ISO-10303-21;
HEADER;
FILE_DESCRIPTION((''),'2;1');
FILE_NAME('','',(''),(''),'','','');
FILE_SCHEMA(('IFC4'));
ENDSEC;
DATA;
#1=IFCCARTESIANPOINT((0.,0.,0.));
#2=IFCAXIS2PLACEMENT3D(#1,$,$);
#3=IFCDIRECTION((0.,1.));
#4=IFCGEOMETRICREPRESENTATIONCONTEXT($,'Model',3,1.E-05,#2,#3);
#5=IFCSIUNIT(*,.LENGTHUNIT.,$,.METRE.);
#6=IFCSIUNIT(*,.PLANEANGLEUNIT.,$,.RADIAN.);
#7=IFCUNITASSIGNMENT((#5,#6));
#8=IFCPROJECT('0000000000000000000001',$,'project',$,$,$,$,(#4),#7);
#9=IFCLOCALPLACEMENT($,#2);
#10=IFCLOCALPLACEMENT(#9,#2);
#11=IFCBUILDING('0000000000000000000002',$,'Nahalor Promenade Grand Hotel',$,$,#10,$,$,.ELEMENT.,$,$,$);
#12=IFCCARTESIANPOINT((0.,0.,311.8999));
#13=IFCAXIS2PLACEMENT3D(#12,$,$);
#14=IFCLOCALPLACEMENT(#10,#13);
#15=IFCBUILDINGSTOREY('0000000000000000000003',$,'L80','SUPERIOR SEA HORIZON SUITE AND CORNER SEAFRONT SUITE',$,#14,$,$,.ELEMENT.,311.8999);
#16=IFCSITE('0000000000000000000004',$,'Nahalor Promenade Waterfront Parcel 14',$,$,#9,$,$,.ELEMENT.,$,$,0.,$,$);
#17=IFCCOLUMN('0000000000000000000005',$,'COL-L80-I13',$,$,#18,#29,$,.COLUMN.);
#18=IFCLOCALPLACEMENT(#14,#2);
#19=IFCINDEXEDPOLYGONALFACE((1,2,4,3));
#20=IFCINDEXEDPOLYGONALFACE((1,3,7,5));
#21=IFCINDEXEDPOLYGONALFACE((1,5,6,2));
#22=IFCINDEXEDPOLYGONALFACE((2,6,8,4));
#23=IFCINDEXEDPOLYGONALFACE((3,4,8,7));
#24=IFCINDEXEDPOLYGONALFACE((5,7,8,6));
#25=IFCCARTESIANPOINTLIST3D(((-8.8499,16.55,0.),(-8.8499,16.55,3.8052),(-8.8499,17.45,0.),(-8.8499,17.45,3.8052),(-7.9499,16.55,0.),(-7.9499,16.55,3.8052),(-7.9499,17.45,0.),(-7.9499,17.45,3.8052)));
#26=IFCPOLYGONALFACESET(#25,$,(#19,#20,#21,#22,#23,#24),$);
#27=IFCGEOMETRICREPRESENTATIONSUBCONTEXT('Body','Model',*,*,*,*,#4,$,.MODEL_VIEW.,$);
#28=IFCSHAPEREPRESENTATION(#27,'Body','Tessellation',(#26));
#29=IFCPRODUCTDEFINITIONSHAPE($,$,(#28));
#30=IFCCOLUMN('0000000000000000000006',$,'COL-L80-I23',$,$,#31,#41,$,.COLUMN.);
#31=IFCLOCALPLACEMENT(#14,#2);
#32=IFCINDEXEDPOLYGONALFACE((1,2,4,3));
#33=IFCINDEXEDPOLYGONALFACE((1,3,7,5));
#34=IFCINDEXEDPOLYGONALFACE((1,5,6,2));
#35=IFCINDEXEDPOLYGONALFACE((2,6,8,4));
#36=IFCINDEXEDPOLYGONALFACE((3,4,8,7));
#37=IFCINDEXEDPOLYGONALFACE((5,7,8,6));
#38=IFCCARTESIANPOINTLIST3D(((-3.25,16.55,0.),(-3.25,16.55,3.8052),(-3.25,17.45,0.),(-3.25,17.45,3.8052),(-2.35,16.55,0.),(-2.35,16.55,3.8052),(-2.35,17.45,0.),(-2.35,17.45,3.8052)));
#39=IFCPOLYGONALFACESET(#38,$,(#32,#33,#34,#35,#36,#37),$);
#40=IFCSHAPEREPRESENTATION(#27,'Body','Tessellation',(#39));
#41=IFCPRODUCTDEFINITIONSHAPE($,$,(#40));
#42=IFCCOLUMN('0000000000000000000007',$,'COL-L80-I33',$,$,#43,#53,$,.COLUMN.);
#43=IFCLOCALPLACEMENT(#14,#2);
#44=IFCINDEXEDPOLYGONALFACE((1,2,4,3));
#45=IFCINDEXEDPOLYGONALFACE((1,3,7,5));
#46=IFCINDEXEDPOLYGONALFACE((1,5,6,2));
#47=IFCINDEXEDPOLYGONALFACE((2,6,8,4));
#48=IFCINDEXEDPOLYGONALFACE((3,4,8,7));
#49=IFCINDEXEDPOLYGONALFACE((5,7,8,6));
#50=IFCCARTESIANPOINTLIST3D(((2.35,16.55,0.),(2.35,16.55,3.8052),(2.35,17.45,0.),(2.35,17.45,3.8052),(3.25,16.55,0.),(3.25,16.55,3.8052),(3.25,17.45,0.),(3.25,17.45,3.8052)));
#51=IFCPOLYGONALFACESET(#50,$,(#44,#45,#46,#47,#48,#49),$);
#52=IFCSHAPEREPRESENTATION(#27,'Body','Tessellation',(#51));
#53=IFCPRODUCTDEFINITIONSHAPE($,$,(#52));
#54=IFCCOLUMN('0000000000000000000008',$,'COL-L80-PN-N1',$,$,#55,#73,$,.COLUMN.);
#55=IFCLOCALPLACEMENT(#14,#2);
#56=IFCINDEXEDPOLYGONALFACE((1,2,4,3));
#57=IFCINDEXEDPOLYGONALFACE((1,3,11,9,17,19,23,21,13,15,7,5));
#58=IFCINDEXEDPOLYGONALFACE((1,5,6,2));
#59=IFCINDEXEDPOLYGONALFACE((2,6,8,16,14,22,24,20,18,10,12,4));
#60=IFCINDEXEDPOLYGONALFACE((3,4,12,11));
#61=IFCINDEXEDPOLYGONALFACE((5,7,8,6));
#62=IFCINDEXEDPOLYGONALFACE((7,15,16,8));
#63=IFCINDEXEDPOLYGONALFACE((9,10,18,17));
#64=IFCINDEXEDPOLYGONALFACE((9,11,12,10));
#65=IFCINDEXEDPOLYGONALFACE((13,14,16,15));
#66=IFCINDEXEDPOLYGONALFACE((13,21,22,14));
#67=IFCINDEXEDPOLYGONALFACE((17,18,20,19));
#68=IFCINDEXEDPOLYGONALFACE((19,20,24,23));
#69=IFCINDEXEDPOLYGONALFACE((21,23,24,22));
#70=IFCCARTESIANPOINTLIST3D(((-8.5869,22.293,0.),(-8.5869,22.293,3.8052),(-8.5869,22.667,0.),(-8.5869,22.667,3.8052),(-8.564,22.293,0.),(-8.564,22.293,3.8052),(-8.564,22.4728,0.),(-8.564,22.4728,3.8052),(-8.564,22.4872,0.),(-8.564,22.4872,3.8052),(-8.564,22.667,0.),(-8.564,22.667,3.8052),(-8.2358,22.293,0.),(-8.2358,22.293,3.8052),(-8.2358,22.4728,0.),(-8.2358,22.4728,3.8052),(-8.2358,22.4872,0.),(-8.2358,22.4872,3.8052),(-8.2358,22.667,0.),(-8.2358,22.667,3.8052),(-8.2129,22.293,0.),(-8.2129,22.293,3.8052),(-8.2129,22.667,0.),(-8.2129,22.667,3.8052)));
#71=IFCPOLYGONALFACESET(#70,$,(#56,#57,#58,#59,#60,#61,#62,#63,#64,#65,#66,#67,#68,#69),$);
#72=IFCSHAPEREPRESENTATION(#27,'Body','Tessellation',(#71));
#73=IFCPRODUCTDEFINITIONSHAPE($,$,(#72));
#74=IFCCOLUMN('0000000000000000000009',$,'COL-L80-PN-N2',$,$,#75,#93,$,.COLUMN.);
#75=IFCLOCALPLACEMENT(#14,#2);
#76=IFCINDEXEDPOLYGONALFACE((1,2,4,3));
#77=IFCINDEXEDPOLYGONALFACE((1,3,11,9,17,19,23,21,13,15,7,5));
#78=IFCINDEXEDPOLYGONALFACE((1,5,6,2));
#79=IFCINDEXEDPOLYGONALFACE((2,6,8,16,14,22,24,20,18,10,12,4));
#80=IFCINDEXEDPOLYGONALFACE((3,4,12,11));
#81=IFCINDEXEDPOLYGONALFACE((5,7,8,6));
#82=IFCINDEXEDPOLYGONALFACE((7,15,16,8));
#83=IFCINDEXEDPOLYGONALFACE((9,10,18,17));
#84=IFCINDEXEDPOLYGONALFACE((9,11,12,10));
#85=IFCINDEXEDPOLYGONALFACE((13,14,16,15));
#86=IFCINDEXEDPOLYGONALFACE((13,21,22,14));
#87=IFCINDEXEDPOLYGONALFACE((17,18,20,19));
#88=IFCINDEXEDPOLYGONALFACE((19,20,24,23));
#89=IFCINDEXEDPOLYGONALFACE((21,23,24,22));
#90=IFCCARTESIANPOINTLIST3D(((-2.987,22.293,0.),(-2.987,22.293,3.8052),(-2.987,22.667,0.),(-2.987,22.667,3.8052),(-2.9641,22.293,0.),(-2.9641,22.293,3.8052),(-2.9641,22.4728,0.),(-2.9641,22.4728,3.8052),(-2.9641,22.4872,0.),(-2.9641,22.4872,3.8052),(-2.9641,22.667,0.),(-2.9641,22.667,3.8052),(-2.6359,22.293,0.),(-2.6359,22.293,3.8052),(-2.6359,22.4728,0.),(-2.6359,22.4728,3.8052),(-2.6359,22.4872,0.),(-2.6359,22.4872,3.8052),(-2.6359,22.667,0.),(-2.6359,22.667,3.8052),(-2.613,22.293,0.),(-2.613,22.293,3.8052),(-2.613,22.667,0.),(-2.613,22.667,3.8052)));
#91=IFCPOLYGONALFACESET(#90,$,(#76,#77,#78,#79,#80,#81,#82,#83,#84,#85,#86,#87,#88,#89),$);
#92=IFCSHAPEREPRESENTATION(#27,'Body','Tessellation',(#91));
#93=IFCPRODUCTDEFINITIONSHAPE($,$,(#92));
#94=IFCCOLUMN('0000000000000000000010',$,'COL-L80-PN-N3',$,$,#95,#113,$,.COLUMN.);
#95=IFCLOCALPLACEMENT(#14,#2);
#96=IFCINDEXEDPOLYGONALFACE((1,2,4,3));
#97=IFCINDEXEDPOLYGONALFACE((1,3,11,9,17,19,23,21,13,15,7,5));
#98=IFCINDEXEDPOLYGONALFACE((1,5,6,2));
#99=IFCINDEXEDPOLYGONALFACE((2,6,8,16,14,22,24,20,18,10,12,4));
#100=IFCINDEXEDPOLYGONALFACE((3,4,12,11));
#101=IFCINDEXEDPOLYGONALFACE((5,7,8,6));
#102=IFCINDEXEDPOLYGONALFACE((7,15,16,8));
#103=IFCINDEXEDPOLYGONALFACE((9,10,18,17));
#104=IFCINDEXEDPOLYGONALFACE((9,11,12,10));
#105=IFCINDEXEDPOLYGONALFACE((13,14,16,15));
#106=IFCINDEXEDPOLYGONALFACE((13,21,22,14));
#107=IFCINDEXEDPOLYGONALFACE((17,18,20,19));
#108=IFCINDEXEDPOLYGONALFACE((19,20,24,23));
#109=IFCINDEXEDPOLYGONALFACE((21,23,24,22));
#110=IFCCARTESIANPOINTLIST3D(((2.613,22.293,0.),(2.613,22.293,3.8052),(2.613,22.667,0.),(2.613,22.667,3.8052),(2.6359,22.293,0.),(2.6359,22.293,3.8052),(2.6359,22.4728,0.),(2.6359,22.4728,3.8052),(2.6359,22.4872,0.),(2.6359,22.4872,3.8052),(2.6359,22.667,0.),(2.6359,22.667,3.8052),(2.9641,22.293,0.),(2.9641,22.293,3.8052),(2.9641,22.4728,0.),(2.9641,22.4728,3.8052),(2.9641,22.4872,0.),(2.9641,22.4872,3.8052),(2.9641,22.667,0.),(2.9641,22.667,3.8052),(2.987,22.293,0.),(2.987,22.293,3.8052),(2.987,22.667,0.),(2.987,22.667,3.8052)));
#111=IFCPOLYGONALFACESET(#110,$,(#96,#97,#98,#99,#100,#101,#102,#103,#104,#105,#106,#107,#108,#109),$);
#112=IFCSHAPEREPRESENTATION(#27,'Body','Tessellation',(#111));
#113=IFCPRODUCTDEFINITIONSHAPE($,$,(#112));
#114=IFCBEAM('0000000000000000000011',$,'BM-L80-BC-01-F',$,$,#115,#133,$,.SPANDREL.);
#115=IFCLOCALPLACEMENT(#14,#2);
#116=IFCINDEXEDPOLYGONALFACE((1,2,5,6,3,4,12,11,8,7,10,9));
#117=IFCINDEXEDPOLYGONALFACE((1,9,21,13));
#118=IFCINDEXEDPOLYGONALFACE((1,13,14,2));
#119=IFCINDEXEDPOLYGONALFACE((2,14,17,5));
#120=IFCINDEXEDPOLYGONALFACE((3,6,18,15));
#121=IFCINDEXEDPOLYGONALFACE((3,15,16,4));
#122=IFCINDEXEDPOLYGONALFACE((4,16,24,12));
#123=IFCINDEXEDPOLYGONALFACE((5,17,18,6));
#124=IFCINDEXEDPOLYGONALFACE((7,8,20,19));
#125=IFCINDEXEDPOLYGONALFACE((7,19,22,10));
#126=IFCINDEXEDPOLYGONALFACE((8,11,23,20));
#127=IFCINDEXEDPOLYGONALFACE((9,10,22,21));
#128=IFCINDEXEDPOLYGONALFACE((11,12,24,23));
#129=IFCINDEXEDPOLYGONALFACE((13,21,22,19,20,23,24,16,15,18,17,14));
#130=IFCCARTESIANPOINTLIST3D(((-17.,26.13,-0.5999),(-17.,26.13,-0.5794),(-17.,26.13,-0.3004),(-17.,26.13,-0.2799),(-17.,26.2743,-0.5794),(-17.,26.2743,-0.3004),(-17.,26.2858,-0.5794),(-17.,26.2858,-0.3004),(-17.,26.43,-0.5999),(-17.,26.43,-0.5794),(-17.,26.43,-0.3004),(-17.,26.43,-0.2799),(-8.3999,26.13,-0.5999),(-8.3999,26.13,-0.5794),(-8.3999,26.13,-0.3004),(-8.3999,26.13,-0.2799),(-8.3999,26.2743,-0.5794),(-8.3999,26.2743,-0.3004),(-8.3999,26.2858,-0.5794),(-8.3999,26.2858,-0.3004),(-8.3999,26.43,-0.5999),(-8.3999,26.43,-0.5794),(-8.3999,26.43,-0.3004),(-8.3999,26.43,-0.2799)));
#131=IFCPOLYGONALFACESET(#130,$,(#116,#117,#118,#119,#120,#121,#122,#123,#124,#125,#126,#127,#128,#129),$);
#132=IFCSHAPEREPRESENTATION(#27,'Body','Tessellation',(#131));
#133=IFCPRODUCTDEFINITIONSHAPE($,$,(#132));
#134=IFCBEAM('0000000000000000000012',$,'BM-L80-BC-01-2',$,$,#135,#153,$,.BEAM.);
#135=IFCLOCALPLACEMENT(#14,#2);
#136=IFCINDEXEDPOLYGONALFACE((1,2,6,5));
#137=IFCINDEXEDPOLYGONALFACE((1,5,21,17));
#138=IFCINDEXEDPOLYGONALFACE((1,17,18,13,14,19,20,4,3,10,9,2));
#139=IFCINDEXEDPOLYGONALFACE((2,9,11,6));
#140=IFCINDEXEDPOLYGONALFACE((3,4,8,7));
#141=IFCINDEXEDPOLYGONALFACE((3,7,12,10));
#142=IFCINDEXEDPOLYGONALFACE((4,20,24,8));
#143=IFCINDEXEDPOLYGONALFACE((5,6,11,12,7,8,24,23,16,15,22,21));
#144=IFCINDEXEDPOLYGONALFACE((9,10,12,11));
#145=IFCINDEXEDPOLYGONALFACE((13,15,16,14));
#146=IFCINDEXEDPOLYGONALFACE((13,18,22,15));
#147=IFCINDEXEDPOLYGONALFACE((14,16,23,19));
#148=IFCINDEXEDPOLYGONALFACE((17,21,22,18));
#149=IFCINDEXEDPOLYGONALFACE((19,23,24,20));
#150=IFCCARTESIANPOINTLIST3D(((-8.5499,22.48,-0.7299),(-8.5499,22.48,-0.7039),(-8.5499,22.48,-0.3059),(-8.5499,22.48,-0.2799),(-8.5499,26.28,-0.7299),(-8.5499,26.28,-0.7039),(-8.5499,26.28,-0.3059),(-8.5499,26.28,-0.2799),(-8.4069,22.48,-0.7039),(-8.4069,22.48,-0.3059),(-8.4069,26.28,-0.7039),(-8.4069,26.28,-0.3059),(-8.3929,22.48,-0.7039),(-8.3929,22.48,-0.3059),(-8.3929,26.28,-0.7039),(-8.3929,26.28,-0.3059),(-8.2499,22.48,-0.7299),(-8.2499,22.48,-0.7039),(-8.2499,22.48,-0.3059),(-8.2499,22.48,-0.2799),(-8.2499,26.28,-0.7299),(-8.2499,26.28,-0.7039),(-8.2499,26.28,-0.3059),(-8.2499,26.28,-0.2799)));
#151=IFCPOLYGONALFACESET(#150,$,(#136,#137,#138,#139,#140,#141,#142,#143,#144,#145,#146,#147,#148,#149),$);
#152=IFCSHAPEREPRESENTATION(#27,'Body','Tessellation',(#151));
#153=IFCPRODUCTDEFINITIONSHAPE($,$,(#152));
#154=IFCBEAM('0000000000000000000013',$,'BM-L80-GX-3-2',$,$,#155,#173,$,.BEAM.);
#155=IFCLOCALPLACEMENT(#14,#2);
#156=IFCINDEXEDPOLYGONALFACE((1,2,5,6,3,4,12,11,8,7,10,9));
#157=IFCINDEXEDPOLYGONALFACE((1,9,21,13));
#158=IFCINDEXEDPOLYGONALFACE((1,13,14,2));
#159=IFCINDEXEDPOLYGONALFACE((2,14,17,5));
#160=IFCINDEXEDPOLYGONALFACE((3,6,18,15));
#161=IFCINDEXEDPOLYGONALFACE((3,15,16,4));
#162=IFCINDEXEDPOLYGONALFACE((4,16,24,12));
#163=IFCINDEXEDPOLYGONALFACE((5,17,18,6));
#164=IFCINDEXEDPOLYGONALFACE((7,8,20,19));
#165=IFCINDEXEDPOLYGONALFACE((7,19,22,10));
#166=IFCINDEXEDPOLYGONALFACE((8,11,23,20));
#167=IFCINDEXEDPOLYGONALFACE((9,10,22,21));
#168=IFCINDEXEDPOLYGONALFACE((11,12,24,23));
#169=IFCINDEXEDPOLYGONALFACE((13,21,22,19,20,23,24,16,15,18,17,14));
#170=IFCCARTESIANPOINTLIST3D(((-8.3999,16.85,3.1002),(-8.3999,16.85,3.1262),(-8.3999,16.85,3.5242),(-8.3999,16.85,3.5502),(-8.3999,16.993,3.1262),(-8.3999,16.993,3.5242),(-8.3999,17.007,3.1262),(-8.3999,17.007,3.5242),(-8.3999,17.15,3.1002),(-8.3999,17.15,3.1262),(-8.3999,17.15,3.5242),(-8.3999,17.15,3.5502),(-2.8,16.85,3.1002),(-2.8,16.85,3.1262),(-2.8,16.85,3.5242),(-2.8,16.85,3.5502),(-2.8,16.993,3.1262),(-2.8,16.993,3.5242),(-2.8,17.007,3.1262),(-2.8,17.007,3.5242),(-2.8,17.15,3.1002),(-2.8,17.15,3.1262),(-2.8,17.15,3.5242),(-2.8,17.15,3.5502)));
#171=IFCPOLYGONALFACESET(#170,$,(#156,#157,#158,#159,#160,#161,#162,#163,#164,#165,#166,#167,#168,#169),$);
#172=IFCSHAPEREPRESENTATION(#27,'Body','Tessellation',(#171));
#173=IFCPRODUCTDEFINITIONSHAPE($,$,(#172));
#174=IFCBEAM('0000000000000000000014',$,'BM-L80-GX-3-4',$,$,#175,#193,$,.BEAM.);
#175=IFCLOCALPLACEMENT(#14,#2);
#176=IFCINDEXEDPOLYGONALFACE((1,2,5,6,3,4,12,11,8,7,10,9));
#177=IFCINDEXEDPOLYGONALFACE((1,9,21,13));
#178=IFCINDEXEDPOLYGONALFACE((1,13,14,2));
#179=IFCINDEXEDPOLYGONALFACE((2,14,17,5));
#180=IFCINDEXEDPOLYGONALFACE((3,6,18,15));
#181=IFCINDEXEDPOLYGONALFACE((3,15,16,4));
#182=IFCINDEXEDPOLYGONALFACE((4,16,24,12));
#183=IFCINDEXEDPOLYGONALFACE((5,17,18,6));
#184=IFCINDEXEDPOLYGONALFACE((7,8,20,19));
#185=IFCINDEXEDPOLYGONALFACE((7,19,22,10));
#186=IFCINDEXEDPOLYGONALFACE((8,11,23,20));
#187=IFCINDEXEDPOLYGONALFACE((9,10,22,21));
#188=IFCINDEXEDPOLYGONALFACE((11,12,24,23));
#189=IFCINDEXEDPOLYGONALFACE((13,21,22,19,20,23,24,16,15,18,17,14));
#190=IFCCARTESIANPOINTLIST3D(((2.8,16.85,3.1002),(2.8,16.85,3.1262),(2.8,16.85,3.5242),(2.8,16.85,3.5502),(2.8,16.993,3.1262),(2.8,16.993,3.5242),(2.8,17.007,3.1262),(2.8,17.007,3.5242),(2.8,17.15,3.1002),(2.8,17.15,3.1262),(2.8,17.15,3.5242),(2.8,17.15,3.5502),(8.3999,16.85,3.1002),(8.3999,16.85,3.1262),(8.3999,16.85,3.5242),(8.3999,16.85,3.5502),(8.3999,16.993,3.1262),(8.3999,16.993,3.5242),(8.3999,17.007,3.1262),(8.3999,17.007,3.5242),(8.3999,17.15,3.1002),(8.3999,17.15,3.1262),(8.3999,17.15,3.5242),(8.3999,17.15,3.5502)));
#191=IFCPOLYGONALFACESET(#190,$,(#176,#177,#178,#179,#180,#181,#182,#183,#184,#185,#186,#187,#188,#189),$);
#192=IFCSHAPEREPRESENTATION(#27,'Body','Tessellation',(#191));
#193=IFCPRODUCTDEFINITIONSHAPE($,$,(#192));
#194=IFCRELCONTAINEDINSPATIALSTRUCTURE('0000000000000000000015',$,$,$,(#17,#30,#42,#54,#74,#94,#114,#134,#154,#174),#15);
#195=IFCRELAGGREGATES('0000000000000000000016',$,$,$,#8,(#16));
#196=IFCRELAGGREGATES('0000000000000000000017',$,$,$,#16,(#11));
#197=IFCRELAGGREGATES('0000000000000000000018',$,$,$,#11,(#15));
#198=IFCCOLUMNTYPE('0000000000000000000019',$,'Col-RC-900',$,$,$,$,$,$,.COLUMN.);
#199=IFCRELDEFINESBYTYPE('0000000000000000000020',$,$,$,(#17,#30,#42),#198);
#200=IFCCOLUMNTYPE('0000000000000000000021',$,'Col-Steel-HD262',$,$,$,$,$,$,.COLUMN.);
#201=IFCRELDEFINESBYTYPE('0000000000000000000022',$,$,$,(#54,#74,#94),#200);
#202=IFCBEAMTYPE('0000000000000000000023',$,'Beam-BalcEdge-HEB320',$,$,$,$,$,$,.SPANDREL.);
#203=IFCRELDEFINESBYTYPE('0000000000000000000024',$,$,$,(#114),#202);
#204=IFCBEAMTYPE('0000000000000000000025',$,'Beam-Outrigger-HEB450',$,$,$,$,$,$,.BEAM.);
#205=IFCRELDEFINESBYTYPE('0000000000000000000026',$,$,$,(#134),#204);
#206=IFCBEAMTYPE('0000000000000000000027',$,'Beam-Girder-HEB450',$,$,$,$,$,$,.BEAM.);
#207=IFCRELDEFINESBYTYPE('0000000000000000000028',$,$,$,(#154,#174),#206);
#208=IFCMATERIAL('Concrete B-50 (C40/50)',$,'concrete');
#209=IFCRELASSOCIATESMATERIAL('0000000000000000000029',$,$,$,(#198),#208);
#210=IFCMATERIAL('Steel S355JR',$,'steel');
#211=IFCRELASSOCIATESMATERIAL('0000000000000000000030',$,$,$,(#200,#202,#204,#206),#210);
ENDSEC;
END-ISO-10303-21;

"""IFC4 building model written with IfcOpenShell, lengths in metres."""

from ifc_helpers import new_model, si_unit, direction, frame, origin, origin_2d, place, context, subcontext, project, spatial, rectangle, i_section, extrude, source, transform, mapped, material, material_profile, profile_set, type_object, element, save


model = new_model("IFC4")

# Units and contexts
model_context = context("Model", 3, precision=1e-05, world=origin(), true_north=direction((0.0, 1.0)))
body_context = subcontext(model_context, "Body", "Model", "MODEL_VIEW")
ifc_project = project(units=[si_unit("LENGTHUNIT", "METRE"), si_unit("PLANEANGLEUNIT", "RADIAN")], contexts=[model_context])

# Site, building, storey
site_placement = place(None, origin())
site = spatial("IfcSite", under=ifc_project, at=site_placement, Name="Nahalor Promenade Waterfront Parcel 14", CompositionType="ELEMENT", RefElevation=0.0)
building_placement = place(site_placement, origin())
building = spatial("IfcBuilding", under=site, at=building_placement, Name="Nahalor Promenade Grand Hotel", CompositionType="ELEMENT")
storey_placement = place(building_placement, frame((0.0, 0.0, 311.8999)))
storey = spatial("IfcBuildingStorey", under=building, at=storey_placement, Name="L80", Description="SUPERIOR SEA HORIZON SUITE AND CORNER SEAFRONT SUITE", CompositionType="ELEMENT", Elevation=311.8999)

# Columns
ifc_material_1 = material(Name="Concrete B-50 (C40/50)", Category="concrete")
ifc_material_profile_1 = material_profile(ifc_material_1, rectangle(XDim=0.9, YDim=0.9, at=origin_2d()), Name="RC 900x900")
ifc_profile_set_1 = profile_set([ifc_material_profile_1], Name="Concrete B-50 (C40/50)")
column_type_1 = type_object("IfcColumnType", Name="Col-RC-900", PredefinedType="COLUMN", material=ifc_profile_set_1)
shared_shape_1 = source(origin(), body_context, "Body", "SweptSolid", [
    extrude(rectangle(XDim=0.9, YDim=0.9, at=origin_2d()), origin(), (0.0, 0.0, 1.0), 3.8052),
])
for number, where, z_axis, x_axis, name in (
    (1, (-8.3999, 17.0, 0.0), (0.0, 0.0, 1.0), (1.0, 0.0, 0.0), "COL-L80-I13"),
    (2, (-2.8, 17.0, 0.0), (0.0, 0.0, 1.0), (1.0, 0.0, 0.0), "COL-L80-I23"),
    (3, (2.8, 17.0, 0.0), (0.0, 0.0, 1.0), (1.0, 0.0, 0.0), "COL-L80-I33"),
):
    element("IfcColumn", number, at=place(storey_placement, frame(where, z_axis=z_axis, x_axis=x_axis)), inside=storey, type_object=column_type_1, Name=name, PredefinedType="COLUMN", context=body_context, shape_type="MappedRepresentation", body=[
        mapped(shared_shape_1, transform((0.0, 0.0, 0.0), scale=1.0)),
    ])
ifc_material_2 = material(Name="Steel S355JR", Category="steel")
ifc_material_profile_2 = material_profile(ifc_material_2, i_section(OverallWidth=0.374, OverallDepth=0.374, WebThickness=0.0144, FlangeThickness=0.0229, at=origin_2d()), Name="HD 360x262")
ifc_profile_set_2 = profile_set([ifc_material_profile_2], Name="Steel S355JR")
column_type_2 = type_object("IfcColumnType", Name="Col-Steel-HD262", PredefinedType="COLUMN", material=ifc_profile_set_2)
shared_shape_2 = source(origin(), body_context, "Body", "SweptSolid", [
    extrude(i_section(OverallWidth=0.374, OverallDepth=0.374, WebThickness=0.0144, FlangeThickness=0.0229, at=origin_2d()), origin(), (0.0, 0.0, 1.0), 3.8052),
])
for number, where, z_axis, x_axis, name in (
    (4, (-8.3999, 22.48, 0.0), (0.0, 0.0, 1.0), (0.0, 1.0, 0.0), "COL-L80-PN-N1"),
    (5, (-2.8, 22.48, 0.0), (0.0, 0.0, 1.0), (0.0, 1.0, 0.0), "COL-L80-PN-N2"),
    (6, (2.8, 22.48, 0.0), (0.0, 0.0, 1.0), (0.0, 1.0, 0.0), "COL-L80-PN-N3"),
):
    element("IfcColumn", number, at=place(storey_placement, frame(where, z_axis=z_axis, x_axis=x_axis)), inside=storey, type_object=column_type_2, Name=name, PredefinedType="COLUMN", context=body_context, shape_type="MappedRepresentation", body=[
        mapped(shared_shape_2, transform((0.0, 0.0, 0.0), scale=1.0)),
    ])

# Beams
ifc_material_profile_3 = material_profile(ifc_material_2, i_section(OverallWidth=0.3, OverallDepth=0.32, WebThickness=0.0115, FlangeThickness=0.0205, at=origin_2d()), Name="HEB 320")
ifc_profile_set_3 = profile_set([ifc_material_profile_3], Name="Steel S355JR")
beam_type_1 = type_object("IfcBeamType", Name="Beam-BalcEdge-HEB320", PredefinedType="SPANDREL", material=ifc_profile_set_3)
shared_shape_3 = source(origin(), body_context, "Body", "SweptSolid", [
    extrude(i_section(OverallWidth=0.3, OverallDepth=0.32, WebThickness=0.0115, FlangeThickness=0.0205, at=origin_2d()), origin(), (0.0, 0.0, 1.0), 8.6001),
])
beam_1_placement = place(storey_placement, frame((-17.0, 26.28, -0.4399), z_axis=(1.0, 0.0, 0.0), x_axis=(0.0, 1.0, 0.0)))
element("IfcBeam", 7, at=beam_1_placement, inside=storey, type_object=beam_type_1, Name="BM-L80-BC-01-F", PredefinedType="SPANDREL", context=body_context, shape_type="MappedRepresentation", body=[
    mapped(shared_shape_3, transform((0.0, 0.0, 0.0), scale=1.0)),
])
ifc_material_profile_4 = material_profile(ifc_material_2, i_section(OverallWidth=0.3, OverallDepth=0.45, WebThickness=0.014, FlangeThickness=0.026, at=origin_2d()), Name="HEB 450")
ifc_profile_set_4 = profile_set([ifc_material_profile_4], Name="Steel S355JR")
beam_type_2 = type_object("IfcBeamType", Name="Beam-Outrigger-HEB450", PredefinedType="BEAM", material=ifc_profile_set_4)
shared_shape_4 = source(origin(), body_context, "Body", "SweptSolid", [
    extrude(i_section(OverallWidth=0.3, OverallDepth=0.45, WebThickness=0.014, FlangeThickness=0.026, at=origin_2d()), origin(), (0.0, 0.0, 1.0), 3.8),
])
beam_2_placement = place(storey_placement, frame((-8.3999, 22.48, -0.5049), z_axis=(0.0, 1.0, 0.0), x_axis=(-1.0, 0.0, 0.0)))
element("IfcBeam", 8, at=beam_2_placement, inside=storey, type_object=beam_type_2, Name="BM-L80-BC-01-2", PredefinedType="BEAM", context=body_context, shape_type="MappedRepresentation", body=[
    mapped(shared_shape_4, transform((0.0, 0.0, 0.0), scale=1.0)),
])
ifc_material_profile_5 = material_profile(ifc_material_2, i_section(OverallWidth=0.3, OverallDepth=0.45, WebThickness=0.014, FlangeThickness=0.026, at=origin_2d()), Name="HEB 450")
ifc_profile_set_5 = profile_set([ifc_material_profile_5], Name="Steel S355JR")
beam_type_3 = type_object("IfcBeamType", Name="Beam-Girder-HEB450", PredefinedType="BEAM", material=ifc_profile_set_5)
shared_shape_5 = source(origin(), body_context, "Body", "SweptSolid", [
    extrude(i_section(OverallWidth=0.3, OverallDepth=0.45, WebThickness=0.014, FlangeThickness=0.026, at=origin_2d()), origin(), (0.0, 0.0, 1.0), 5.5999),
])
for number, where, z_axis, x_axis, name in (
    (9, (-8.3999, 17.0, 3.3252), (1.0, 0.0, 0.0), (0.0, 1.0, 0.0), "BM-L80-GX-3-2"),
    (10, (2.8, 17.0, 3.3252), (1.0, 0.0, 0.0), (0.0, 1.0, 0.0), "BM-L80-GX-3-4"),
):
    element("IfcBeam", number, at=place(storey_placement, frame(where, z_axis=z_axis, x_axis=x_axis)), inside=storey, type_object=beam_type_3, Name=name, PredefinedType="BEAM", context=body_context, shape_type="MappedRepresentation", body=[
        mapped(shared_shape_5, transform((0.0, 0.0, 0.0), scale=1.0)),
    ])

save(model, "model.ifc")
